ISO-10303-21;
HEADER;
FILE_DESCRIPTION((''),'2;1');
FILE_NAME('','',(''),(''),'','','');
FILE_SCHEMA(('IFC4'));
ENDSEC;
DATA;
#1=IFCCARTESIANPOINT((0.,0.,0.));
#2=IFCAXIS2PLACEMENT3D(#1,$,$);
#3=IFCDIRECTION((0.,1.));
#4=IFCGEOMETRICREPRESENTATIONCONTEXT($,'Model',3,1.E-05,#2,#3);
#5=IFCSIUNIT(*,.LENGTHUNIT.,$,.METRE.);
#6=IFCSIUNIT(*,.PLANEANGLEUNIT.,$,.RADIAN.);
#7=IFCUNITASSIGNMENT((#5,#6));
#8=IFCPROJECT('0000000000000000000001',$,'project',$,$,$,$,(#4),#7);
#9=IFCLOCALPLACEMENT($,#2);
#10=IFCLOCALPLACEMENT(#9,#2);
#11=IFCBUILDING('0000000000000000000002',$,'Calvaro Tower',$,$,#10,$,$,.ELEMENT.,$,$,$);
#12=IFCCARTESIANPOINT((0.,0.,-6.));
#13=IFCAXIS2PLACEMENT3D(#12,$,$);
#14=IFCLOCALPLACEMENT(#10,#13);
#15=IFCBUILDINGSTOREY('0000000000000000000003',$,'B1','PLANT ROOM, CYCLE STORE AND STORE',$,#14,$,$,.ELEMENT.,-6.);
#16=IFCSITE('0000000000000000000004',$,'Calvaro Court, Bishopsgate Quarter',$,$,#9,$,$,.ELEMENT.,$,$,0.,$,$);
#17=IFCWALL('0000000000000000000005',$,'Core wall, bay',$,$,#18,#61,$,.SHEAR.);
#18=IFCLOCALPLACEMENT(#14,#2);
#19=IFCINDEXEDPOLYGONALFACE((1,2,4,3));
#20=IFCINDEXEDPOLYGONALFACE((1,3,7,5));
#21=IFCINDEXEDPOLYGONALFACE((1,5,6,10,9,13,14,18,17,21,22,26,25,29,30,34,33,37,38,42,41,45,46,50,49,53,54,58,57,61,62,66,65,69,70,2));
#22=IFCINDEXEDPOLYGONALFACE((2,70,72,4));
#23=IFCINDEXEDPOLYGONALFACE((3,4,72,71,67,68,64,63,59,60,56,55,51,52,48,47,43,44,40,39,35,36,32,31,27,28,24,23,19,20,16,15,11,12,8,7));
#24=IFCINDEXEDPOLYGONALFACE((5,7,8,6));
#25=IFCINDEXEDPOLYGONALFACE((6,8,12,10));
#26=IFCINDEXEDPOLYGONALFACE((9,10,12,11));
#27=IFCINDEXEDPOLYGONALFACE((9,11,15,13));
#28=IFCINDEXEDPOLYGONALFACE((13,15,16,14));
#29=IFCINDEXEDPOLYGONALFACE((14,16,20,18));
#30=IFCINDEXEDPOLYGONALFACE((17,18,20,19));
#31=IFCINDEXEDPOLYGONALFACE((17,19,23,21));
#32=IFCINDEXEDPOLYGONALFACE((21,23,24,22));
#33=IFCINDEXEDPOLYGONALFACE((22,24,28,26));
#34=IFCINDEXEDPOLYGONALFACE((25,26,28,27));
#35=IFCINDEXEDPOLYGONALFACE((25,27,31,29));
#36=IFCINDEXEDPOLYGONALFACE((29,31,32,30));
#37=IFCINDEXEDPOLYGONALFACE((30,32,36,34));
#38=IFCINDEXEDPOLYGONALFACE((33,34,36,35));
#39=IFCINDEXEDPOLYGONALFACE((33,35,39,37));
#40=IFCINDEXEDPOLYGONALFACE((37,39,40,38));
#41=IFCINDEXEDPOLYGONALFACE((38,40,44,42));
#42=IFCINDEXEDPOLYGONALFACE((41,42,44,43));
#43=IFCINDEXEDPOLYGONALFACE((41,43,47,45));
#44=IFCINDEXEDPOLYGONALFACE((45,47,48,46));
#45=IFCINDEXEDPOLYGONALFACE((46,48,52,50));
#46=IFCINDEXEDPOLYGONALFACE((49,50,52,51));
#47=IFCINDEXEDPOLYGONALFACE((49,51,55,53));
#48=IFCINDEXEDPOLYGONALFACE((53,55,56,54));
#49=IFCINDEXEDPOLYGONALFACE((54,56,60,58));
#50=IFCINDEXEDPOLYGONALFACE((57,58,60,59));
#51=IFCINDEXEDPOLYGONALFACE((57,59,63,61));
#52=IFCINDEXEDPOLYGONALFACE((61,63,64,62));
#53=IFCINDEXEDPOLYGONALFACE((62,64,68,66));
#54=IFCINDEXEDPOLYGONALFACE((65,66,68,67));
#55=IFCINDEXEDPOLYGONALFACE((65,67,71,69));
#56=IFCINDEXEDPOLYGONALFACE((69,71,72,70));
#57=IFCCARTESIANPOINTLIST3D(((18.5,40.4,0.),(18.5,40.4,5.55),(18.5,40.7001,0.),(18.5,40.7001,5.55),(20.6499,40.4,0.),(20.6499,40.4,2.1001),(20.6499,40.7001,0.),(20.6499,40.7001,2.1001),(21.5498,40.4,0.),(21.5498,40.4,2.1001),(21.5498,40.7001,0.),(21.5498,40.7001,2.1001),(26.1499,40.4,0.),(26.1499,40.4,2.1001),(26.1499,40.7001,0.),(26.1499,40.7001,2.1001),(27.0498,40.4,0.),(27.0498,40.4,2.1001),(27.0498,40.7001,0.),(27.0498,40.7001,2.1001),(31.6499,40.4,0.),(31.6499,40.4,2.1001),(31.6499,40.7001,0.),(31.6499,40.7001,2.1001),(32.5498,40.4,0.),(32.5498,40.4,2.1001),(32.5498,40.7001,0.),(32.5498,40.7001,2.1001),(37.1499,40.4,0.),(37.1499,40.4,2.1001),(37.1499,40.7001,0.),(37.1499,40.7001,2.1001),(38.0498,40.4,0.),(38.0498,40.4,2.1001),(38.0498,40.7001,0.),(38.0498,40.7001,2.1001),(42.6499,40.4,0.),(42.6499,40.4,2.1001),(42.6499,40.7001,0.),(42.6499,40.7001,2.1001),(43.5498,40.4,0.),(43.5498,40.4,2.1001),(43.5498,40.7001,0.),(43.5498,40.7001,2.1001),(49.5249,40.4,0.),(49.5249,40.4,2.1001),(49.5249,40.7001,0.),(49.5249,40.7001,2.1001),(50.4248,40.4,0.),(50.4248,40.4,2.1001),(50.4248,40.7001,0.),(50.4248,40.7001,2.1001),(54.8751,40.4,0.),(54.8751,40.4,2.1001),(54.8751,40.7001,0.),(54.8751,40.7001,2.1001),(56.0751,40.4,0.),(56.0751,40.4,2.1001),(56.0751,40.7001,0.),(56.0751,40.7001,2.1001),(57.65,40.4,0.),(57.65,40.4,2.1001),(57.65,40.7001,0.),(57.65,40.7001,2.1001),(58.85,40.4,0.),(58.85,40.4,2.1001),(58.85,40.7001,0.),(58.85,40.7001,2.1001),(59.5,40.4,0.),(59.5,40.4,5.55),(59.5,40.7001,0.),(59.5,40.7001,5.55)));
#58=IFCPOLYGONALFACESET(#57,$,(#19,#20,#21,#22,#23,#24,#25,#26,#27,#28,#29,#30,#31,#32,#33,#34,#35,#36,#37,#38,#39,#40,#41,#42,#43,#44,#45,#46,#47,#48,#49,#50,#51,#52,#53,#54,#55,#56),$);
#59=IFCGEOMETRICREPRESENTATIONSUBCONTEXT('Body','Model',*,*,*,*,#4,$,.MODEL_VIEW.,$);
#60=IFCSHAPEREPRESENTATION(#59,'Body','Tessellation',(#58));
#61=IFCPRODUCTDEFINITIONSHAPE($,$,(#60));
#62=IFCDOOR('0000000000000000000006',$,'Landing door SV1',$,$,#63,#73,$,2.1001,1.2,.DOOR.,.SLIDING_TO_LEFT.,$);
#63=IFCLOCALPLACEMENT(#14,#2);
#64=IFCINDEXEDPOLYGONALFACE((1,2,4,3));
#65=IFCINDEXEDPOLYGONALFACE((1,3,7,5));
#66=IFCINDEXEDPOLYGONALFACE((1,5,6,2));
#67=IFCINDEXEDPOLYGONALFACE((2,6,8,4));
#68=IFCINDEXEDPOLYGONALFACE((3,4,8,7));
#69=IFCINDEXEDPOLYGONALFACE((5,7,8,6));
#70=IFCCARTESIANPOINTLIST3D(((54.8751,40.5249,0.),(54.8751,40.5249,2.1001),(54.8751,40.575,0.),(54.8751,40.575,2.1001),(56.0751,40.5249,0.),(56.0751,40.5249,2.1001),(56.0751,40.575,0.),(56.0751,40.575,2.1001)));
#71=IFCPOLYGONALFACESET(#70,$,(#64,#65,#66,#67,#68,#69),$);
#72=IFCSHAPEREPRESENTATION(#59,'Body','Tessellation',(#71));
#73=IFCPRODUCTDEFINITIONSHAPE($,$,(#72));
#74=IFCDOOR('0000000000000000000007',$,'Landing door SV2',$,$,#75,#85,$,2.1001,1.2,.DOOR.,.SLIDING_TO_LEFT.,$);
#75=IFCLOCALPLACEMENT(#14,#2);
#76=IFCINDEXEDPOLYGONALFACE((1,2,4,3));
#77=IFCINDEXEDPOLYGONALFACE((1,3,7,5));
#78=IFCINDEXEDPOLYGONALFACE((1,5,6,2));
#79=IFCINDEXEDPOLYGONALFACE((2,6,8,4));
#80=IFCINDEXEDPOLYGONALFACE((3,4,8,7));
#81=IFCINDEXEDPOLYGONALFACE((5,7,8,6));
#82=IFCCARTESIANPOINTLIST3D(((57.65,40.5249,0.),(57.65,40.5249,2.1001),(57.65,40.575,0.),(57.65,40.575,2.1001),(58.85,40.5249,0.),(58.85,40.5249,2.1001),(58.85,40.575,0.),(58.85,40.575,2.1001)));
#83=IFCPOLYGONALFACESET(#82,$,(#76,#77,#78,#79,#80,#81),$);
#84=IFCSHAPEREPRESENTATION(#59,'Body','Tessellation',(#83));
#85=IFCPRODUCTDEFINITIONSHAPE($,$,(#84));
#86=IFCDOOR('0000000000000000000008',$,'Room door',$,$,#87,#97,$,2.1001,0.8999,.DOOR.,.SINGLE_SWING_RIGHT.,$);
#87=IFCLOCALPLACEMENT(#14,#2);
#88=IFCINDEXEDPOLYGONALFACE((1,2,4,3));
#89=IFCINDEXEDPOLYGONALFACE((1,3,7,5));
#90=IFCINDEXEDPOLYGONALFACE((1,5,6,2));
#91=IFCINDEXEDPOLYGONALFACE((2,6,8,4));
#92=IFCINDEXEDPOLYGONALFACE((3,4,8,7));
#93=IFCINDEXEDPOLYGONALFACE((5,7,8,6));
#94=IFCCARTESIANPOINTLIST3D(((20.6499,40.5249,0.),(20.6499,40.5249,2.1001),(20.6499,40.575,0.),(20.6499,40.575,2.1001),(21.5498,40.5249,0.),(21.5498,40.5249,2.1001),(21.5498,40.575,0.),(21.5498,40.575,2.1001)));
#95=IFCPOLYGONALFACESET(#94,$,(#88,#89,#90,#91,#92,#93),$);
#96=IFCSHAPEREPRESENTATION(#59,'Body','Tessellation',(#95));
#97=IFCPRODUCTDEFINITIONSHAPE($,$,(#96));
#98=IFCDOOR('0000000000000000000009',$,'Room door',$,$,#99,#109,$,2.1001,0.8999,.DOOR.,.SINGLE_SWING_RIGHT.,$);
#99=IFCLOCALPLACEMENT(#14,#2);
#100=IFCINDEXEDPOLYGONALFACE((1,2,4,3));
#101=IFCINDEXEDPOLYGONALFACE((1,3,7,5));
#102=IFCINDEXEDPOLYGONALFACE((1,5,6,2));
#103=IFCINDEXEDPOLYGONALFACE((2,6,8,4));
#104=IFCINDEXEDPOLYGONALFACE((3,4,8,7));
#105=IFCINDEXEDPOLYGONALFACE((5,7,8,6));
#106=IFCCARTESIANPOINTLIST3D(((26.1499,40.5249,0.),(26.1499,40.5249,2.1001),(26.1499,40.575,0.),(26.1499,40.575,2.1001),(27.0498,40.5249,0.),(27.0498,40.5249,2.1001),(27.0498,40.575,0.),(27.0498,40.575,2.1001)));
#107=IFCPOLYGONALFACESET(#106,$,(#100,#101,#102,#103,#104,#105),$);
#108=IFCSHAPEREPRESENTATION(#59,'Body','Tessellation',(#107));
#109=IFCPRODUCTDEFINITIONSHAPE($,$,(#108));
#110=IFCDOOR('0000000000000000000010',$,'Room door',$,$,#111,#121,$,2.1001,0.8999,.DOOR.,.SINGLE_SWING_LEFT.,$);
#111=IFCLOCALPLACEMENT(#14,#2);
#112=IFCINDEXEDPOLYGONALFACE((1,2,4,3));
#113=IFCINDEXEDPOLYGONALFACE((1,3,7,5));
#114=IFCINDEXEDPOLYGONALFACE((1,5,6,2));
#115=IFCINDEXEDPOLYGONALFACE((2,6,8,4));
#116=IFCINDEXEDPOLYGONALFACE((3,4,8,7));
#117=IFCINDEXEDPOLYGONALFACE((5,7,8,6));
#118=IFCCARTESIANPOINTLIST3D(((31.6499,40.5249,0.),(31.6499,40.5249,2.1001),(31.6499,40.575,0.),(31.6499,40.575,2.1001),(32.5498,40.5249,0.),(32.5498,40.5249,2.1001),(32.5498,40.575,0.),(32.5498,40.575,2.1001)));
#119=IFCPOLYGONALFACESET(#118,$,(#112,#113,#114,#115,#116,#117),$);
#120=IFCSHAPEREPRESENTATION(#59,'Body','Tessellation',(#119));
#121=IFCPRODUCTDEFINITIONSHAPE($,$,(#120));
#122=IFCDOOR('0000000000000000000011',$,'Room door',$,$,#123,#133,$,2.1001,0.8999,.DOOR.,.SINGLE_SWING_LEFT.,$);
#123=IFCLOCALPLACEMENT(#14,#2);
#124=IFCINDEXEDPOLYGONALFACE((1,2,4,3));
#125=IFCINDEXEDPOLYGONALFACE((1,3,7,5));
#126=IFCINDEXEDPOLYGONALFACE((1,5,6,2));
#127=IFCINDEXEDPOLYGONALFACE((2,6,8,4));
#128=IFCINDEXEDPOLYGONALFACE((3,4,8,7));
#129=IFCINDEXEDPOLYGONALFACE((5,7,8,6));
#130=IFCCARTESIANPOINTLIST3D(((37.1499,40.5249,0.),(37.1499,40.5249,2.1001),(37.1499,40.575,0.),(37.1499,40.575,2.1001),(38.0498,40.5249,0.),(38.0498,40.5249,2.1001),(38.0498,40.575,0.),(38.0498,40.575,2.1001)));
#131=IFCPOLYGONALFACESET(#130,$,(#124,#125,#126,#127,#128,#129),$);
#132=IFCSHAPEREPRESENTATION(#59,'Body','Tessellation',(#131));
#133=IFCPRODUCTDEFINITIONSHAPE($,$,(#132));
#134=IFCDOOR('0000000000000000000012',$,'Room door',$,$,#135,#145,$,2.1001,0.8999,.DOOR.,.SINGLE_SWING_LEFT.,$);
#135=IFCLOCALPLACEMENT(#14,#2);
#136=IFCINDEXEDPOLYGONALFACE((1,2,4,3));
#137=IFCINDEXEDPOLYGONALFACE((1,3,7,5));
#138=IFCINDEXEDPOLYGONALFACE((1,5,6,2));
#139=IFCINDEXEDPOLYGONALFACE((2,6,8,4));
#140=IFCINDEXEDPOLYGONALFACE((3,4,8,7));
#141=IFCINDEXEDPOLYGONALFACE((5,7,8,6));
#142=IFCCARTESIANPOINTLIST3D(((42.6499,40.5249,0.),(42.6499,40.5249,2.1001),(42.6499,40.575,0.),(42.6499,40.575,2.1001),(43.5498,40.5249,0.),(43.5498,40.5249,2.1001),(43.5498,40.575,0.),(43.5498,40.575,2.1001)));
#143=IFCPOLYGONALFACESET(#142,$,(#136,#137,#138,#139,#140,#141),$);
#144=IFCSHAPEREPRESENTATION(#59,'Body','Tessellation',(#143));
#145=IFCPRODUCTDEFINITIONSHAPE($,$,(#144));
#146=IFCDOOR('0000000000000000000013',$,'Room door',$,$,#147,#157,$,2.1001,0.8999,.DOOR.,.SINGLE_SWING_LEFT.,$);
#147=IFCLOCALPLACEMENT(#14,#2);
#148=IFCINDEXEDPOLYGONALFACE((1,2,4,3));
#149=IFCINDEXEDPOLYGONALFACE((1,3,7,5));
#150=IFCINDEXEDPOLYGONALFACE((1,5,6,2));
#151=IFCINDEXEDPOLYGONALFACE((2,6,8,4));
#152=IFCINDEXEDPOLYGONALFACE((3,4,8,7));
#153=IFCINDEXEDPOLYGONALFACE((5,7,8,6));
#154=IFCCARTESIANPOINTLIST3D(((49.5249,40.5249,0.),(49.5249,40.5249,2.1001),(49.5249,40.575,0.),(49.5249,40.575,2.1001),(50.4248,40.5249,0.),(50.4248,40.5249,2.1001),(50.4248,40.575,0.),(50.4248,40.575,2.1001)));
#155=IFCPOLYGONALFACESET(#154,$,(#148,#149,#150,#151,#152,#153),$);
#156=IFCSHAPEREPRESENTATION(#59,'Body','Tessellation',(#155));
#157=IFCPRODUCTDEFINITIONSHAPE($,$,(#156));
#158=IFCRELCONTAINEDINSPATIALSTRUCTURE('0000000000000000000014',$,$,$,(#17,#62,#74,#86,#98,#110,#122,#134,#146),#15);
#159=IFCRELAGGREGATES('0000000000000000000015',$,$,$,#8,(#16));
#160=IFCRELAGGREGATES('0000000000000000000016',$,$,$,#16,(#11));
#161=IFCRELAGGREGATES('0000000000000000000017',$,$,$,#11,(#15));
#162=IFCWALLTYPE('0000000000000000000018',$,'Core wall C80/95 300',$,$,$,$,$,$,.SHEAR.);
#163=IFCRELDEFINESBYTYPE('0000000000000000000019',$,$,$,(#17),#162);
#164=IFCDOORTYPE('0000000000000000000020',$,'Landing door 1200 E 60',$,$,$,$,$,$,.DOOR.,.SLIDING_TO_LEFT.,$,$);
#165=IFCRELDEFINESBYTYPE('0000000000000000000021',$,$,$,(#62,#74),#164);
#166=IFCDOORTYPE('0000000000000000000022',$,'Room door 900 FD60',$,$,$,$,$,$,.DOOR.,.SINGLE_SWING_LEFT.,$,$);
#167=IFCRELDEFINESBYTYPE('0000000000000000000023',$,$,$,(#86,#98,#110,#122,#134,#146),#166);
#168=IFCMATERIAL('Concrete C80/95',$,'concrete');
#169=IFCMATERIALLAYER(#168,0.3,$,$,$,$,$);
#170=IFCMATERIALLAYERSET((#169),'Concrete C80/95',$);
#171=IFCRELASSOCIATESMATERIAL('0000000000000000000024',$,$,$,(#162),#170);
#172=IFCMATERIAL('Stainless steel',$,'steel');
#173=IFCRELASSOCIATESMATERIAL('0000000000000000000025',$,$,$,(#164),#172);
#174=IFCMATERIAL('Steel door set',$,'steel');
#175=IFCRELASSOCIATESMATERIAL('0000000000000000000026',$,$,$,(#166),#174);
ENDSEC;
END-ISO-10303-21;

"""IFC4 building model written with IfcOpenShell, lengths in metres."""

from ifc_helpers import new_model, si_unit, direction, frame, frame_2d, origin, place, context, subcontext, project, spatial, rectangle, extrude, material, layer, layer_set, type_object, element, fill, save


model = new_model("IFC4")

# Units and contexts
model_context = context("Model", 3, precision=1e-05, world=origin(), true_north=direction((0.0, 1.0)))
body_context = subcontext(model_context, "Body", "Model", "MODEL_VIEW")
ifc_project = project(units=[si_unit("LENGTHUNIT", "METRE"), si_unit("PLANEANGLEUNIT", "RADIAN")], contexts=[model_context])

# Site, building, storey
site_placement = place(None, origin())
site = spatial("IfcSite", under=ifc_project, at=site_placement, Name="Calvaro Court, Bishopsgate Quarter", CompositionType="ELEMENT", RefElevation=0.0)
building_placement = place(site_placement, origin())
building = spatial("IfcBuilding", under=site, at=building_placement, Name="Calvaro Tower", CompositionType="ELEMENT")
storey_placement = place(building_placement, frame((0.0, 0.0, -6.0)))
storey = spatial("IfcBuildingStorey", under=building, at=storey_placement, Name="B1", Description="PLANT ROOM, CYCLE STORE AND STORE", CompositionType="ELEMENT", Elevation=-6.0)

# Shared definitions
ifc_material_1 = material(Name="Concrete C80/95", Category="concrete")
ifc_layer_1 = layer(ifc_material_1, 0.3)
ifc_layer_set_1 = layer_set([ifc_layer_1], Name="Concrete C80/95")
wall_type_1 = type_object("IfcWallType", Name="Core wall C80/95 300", PredefinedType="SHEAR", material=ifc_layer_set_1)

# Wall, openings, doors
wall_1_placement = place(storey_placement, frame((18.5, 40.55, 0.0), z_axis=(0.0, 0.0, 1.0), x_axis=(1.0, 0.0, 0.0)))
wall_1 = element("IfcWall", 1, at=wall_1_placement, inside=storey, type_object=wall_type_1, Name="Core wall, bay", PredefinedType="SHEAR", context=body_context, shape_type="SweptSolid", body=[
    extrude(rectangle(XDim=41.0, YDim=0.3, at=frame_2d((20.5, 0.0))), origin(), (0.0, 0.0, 1.0), 5.55),
])
opening_1_placement = place(wall_1_placement, frame((2.1499, 0.0, 0.0)))
opening_1 = element("IfcOpeningElement", 2, at=opening_1_placement, cuts=wall_1, PredefinedType="OPENING", context=body_context, shape_type="SweptSolid", body=[
    extrude(rectangle(XDim=0.8999, YDim=2.1001, at=frame_2d((0.45, 1.05))), frame((0.0, 0.1599, 0.0), z_axis=(0.0, -1.0, 0.0), x_axis=(1.0, 0.0, 0.0)), (0.0, 0.0, 1.0), 0.3201),
])
opening_2_placement = place(wall_1_placement, frame((7.6499, 0.0, 0.0)))
opening_2 = element("IfcOpeningElement", 3, at=opening_2_placement, cuts=wall_1, PredefinedType="OPENING", context=body_context, shape_type="SweptSolid", body=[
    extrude(rectangle(XDim=0.8999, YDim=2.1001, at=frame_2d((0.45, 1.05))), frame((0.0, 0.1599, 0.0), z_axis=(0.0, -1.0, 0.0), x_axis=(1.0, 0.0, 0.0)), (0.0, 0.0, 1.0), 0.3201),
])
opening_3_placement = place(wall_1_placement, frame((13.1499, 0.0, 0.0)))
opening_3 = element("IfcOpeningElement", 4, at=opening_3_placement, cuts=wall_1, PredefinedType="OPENING", context=body_context, shape_type="SweptSolid", body=[
    extrude(rectangle(XDim=0.8999, YDim=2.1001, at=frame_2d((0.45, 1.05))), frame((0.0, 0.1599, 0.0), z_axis=(0.0, -1.0, 0.0), x_axis=(1.0, 0.0, 0.0)), (0.0, 0.0, 1.0), 0.3201),
])
opening_4_placement = place(wall_1_placement, frame((18.6499, 0.0, 0.0)))
opening_4 = element("IfcOpeningElement", 5, at=opening_4_placement, cuts=wall_1, PredefinedType="OPENING", context=body_context, shape_type="SweptSolid", body=[
    extrude(rectangle(XDim=0.8999, YDim=2.1001, at=frame_2d((0.45, 1.05))), frame((0.0, 0.1599, 0.0), z_axis=(0.0, -1.0, 0.0), x_axis=(1.0, 0.0, 0.0)), (0.0, 0.0, 1.0), 0.3201),
])
opening_5_placement = place(wall_1_placement, frame((24.1499, 0.0, 0.0)))
opening_5 = element("IfcOpeningElement", 6, at=opening_5_placement, cuts=wall_1, PredefinedType="OPENING", context=body_context, shape_type="SweptSolid", body=[
    extrude(rectangle(XDim=0.8999, YDim=2.1001, at=frame_2d((0.45, 1.05))), frame((0.0, 0.1599, 0.0), z_axis=(0.0, -1.0, 0.0), x_axis=(1.0, 0.0, 0.0)), (0.0, 0.0, 1.0), 0.3201),
])
opening_6_placement = place(wall_1_placement, frame((31.0249, 0.0, 0.0)))
opening_6 = element("IfcOpeningElement", 7, at=opening_6_placement, cuts=wall_1, PredefinedType="OPENING", context=body_context, shape_type="SweptSolid", body=[
    extrude(rectangle(XDim=0.8999, YDim=2.1001, at=frame_2d((0.45, 1.05))), frame((0.0, 0.1599, 0.0), z_axis=(0.0, -1.0, 0.0), x_axis=(1.0, 0.0, 0.0)), (0.0, 0.0, 1.0), 0.3201),
])
opening_7_placement = place(wall_1_placement, frame((36.375, 0.0, 0.0)))
opening_7 = element("IfcOpeningElement", 8, at=opening_7_placement, cuts=wall_1, PredefinedType="OPENING", context=body_context, shape_type="SweptSolid", body=[
    extrude(rectangle(XDim=1.2, YDim=2.1001, at=frame_2d((0.6001, 1.05))), frame((0.0, 0.1599, 0.0), z_axis=(0.0, -1.0, 0.0), x_axis=(1.0, 0.0, 0.0)), (0.0, 0.0, 1.0), 0.3201),
])
opening_8_placement = place(wall_1_placement, frame((39.1499, 0.0, 0.0)))
opening_8 = element("IfcOpeningElement", 9, at=opening_8_placement, cuts=wall_1, PredefinedType="OPENING", context=body_context, shape_type="SweptSolid", body=[
    extrude(rectangle(XDim=1.2, YDim=2.1001, at=frame_2d((0.6001, 1.05))), frame((0.0, 0.1599, 0.0), z_axis=(0.0, -1.0, 0.0), x_axis=(1.0, 0.0, 0.0)), (0.0, 0.0, 1.0), 0.3201),
])
ifc_material_2 = material(Name="Stainless steel", Category="steel")
door_type_1 = type_object("IfcDoorType", Name="Landing door 1200 E 60", OperationType="SLIDING_TO_LEFT", PredefinedType="DOOR", material=ifc_material_2)
door_1_placement = place(opening_7_placement, origin())
door_1 = element("IfcDoor", 10, at=door_1_placement, inside=storey, type_object=door_type_1, Name="Landing door SV1", OperationType="SLIDING_TO_LEFT", OverallHeight=2.1001, OverallWidth=1.2, PredefinedType="DOOR", context=body_context, shape_type="SweptSolid", body=[
    extrude(rectangle(XDim=1.2, YDim=2.1001, at=frame_2d((0.6001, 1.05))), frame((0.0, 0.0249, 0.0), z_axis=(0.0, -1.0, 0.0), x_axis=(1.0, 0.0, 0.0)), (0.0, 0.0, 1.0), 0.05),
])
fill(opening_7, door_1)
door_2_placement = place(opening_8_placement, origin())
door_2 = element("IfcDoor", 11, at=door_2_placement, inside=storey, type_object=door_type_1, Name="Landing door SV2", OperationType="SLIDING_TO_LEFT", OverallHeight=2.1001, OverallWidth=1.2, PredefinedType="DOOR", context=body_context, shape_type="SweptSolid", body=[
    extrude(rectangle(XDim=1.2, YDim=2.1001, at=frame_2d((0.6001, 1.05))), frame((0.0, 0.0249, 0.0), z_axis=(0.0, -1.0, 0.0), x_axis=(1.0, 0.0, 0.0)), (0.0, 0.0, 1.0), 0.05),
])
fill(opening_8, door_2)
ifc_material_3 = material(Name="Steel door set", Category="steel")
door_type_2 = type_object("IfcDoorType", Name="Room door 900 FD60", OperationType="SINGLE_SWING_LEFT", PredefinedType="DOOR", material=ifc_material_3)
door_3_placement = place(opening_1_placement, origin())
door_3 = element("IfcDoor", 12, at=door_3_placement, inside=storey, type_object=door_type_2, Name="Room door", OperationType="SINGLE_SWING_RIGHT", OverallHeight=2.1001, OverallWidth=0.8999, PredefinedType="DOOR", context=body_context, shape_type="SweptSolid", body=[
    extrude(rectangle(XDim=0.8999, YDim=2.1001, at=frame_2d((0.45, 1.05))), frame((0.0, 0.0249, 0.0), z_axis=(0.0, -1.0, 0.0), x_axis=(1.0, 0.0, 0.0)), (0.0, 0.0, 1.0), 0.05),
])
fill(opening_1, door_3)
door_4_placement = place(opening_2_placement, origin())
door_4 = element("IfcDoor", 13, at=door_4_placement, inside=storey, type_object=door_type_2, Name="Room door", OperationType="SINGLE_SWING_RIGHT", OverallHeight=2.1001, OverallWidth=0.8999, PredefinedType="DOOR", context=body_context, shape_type="SweptSolid", body=[
    extrude(rectangle(XDim=0.8999, YDim=2.1001, at=frame_2d((0.45, 1.05))), frame((0.0, 0.0249, 0.0), z_axis=(0.0, -1.0, 0.0), x_axis=(1.0, 0.0, 0.0)), (0.0, 0.0, 1.0), 0.05),
])
fill(opening_2, door_4)
door_5_placement = place(opening_3_placement, origin())
door_5 = element("IfcDoor", 14, at=door_5_placement, inside=storey, type_object=door_type_2, Name="Room door", OperationType="SINGLE_SWING_LEFT", OverallHeight=2.1001, OverallWidth=0.8999, PredefinedType="DOOR", context=body_context, shape_type="SweptSolid", body=[
    extrude(rectangle(XDim=0.8999, YDim=2.1001, at=frame_2d((0.45, 1.05))), frame((0.0, 0.0249, 0.0), z_axis=(0.0, -1.0, 0.0), x_axis=(1.0, 0.0, 0.0)), (0.0, 0.0, 1.0), 0.05),
])
fill(opening_3, door_5)
door_6_placement = place(opening_4_placement, origin())
door_6 = element("IfcDoor", 15, at=door_6_placement, inside=storey, type_object=door_type_2, Name="Room door", OperationType="SINGLE_SWING_LEFT", OverallHeight=2.1001, OverallWidth=0.8999, PredefinedType="DOOR", context=body_context, shape_type="SweptSolid", body=[
    extrude(rectangle(XDim=0.8999, YDim=2.1001, at=frame_2d((0.45, 1.05))), frame((0.0, 0.0249, 0.0), z_axis=(0.0, -1.0, 0.0), x_axis=(1.0, 0.0, 0.0)), (0.0, 0.0, 1.0), 0.05),
])
fill(opening_4, door_6)
door_7_placement = place(opening_5_placement, origin())
door_7 = element("IfcDoor", 16, at=door_7_placement, inside=storey, type_object=door_type_2, Name="Room door", OperationType="SINGLE_SWING_LEFT", OverallHeight=2.1001, OverallWidth=0.8999, PredefinedType="DOOR", context=body_context, shape_type="SweptSolid", body=[
    extrude(rectangle(XDim=0.8999, YDim=2.1001, at=frame_2d((0.45, 1.05))), frame((0.0, 0.0249, 0.0), z_axis=(0.0, -1.0, 0.0), x_axis=(1.0, 0.0, 0.0)), (0.0, 0.0, 1.0), 0.05),
])
fill(opening_5, door_7)
door_8_placement = place(opening_6_placement, origin())
door_8 = element("IfcDoor", 17, at=door_8_placement, inside=storey, type_object=door_type_2, Name="Room door", OperationType="SINGLE_SWING_LEFT", OverallHeight=2.1001, OverallWidth=0.8999, PredefinedType="DOOR", context=body_context, shape_type="SweptSolid", body=[
    extrude(rectangle(XDim=0.8999, YDim=2.1001, at=frame_2d((0.45, 1.05))), frame((0.0, 0.0249, 0.0), z_axis=(0.0, -1.0, 0.0), x_axis=(1.0, 0.0, 0.0)), (0.0, 0.0, 1.0), 0.05),
])
fill(opening_6, door_8)

save(model, "model.ifc")
